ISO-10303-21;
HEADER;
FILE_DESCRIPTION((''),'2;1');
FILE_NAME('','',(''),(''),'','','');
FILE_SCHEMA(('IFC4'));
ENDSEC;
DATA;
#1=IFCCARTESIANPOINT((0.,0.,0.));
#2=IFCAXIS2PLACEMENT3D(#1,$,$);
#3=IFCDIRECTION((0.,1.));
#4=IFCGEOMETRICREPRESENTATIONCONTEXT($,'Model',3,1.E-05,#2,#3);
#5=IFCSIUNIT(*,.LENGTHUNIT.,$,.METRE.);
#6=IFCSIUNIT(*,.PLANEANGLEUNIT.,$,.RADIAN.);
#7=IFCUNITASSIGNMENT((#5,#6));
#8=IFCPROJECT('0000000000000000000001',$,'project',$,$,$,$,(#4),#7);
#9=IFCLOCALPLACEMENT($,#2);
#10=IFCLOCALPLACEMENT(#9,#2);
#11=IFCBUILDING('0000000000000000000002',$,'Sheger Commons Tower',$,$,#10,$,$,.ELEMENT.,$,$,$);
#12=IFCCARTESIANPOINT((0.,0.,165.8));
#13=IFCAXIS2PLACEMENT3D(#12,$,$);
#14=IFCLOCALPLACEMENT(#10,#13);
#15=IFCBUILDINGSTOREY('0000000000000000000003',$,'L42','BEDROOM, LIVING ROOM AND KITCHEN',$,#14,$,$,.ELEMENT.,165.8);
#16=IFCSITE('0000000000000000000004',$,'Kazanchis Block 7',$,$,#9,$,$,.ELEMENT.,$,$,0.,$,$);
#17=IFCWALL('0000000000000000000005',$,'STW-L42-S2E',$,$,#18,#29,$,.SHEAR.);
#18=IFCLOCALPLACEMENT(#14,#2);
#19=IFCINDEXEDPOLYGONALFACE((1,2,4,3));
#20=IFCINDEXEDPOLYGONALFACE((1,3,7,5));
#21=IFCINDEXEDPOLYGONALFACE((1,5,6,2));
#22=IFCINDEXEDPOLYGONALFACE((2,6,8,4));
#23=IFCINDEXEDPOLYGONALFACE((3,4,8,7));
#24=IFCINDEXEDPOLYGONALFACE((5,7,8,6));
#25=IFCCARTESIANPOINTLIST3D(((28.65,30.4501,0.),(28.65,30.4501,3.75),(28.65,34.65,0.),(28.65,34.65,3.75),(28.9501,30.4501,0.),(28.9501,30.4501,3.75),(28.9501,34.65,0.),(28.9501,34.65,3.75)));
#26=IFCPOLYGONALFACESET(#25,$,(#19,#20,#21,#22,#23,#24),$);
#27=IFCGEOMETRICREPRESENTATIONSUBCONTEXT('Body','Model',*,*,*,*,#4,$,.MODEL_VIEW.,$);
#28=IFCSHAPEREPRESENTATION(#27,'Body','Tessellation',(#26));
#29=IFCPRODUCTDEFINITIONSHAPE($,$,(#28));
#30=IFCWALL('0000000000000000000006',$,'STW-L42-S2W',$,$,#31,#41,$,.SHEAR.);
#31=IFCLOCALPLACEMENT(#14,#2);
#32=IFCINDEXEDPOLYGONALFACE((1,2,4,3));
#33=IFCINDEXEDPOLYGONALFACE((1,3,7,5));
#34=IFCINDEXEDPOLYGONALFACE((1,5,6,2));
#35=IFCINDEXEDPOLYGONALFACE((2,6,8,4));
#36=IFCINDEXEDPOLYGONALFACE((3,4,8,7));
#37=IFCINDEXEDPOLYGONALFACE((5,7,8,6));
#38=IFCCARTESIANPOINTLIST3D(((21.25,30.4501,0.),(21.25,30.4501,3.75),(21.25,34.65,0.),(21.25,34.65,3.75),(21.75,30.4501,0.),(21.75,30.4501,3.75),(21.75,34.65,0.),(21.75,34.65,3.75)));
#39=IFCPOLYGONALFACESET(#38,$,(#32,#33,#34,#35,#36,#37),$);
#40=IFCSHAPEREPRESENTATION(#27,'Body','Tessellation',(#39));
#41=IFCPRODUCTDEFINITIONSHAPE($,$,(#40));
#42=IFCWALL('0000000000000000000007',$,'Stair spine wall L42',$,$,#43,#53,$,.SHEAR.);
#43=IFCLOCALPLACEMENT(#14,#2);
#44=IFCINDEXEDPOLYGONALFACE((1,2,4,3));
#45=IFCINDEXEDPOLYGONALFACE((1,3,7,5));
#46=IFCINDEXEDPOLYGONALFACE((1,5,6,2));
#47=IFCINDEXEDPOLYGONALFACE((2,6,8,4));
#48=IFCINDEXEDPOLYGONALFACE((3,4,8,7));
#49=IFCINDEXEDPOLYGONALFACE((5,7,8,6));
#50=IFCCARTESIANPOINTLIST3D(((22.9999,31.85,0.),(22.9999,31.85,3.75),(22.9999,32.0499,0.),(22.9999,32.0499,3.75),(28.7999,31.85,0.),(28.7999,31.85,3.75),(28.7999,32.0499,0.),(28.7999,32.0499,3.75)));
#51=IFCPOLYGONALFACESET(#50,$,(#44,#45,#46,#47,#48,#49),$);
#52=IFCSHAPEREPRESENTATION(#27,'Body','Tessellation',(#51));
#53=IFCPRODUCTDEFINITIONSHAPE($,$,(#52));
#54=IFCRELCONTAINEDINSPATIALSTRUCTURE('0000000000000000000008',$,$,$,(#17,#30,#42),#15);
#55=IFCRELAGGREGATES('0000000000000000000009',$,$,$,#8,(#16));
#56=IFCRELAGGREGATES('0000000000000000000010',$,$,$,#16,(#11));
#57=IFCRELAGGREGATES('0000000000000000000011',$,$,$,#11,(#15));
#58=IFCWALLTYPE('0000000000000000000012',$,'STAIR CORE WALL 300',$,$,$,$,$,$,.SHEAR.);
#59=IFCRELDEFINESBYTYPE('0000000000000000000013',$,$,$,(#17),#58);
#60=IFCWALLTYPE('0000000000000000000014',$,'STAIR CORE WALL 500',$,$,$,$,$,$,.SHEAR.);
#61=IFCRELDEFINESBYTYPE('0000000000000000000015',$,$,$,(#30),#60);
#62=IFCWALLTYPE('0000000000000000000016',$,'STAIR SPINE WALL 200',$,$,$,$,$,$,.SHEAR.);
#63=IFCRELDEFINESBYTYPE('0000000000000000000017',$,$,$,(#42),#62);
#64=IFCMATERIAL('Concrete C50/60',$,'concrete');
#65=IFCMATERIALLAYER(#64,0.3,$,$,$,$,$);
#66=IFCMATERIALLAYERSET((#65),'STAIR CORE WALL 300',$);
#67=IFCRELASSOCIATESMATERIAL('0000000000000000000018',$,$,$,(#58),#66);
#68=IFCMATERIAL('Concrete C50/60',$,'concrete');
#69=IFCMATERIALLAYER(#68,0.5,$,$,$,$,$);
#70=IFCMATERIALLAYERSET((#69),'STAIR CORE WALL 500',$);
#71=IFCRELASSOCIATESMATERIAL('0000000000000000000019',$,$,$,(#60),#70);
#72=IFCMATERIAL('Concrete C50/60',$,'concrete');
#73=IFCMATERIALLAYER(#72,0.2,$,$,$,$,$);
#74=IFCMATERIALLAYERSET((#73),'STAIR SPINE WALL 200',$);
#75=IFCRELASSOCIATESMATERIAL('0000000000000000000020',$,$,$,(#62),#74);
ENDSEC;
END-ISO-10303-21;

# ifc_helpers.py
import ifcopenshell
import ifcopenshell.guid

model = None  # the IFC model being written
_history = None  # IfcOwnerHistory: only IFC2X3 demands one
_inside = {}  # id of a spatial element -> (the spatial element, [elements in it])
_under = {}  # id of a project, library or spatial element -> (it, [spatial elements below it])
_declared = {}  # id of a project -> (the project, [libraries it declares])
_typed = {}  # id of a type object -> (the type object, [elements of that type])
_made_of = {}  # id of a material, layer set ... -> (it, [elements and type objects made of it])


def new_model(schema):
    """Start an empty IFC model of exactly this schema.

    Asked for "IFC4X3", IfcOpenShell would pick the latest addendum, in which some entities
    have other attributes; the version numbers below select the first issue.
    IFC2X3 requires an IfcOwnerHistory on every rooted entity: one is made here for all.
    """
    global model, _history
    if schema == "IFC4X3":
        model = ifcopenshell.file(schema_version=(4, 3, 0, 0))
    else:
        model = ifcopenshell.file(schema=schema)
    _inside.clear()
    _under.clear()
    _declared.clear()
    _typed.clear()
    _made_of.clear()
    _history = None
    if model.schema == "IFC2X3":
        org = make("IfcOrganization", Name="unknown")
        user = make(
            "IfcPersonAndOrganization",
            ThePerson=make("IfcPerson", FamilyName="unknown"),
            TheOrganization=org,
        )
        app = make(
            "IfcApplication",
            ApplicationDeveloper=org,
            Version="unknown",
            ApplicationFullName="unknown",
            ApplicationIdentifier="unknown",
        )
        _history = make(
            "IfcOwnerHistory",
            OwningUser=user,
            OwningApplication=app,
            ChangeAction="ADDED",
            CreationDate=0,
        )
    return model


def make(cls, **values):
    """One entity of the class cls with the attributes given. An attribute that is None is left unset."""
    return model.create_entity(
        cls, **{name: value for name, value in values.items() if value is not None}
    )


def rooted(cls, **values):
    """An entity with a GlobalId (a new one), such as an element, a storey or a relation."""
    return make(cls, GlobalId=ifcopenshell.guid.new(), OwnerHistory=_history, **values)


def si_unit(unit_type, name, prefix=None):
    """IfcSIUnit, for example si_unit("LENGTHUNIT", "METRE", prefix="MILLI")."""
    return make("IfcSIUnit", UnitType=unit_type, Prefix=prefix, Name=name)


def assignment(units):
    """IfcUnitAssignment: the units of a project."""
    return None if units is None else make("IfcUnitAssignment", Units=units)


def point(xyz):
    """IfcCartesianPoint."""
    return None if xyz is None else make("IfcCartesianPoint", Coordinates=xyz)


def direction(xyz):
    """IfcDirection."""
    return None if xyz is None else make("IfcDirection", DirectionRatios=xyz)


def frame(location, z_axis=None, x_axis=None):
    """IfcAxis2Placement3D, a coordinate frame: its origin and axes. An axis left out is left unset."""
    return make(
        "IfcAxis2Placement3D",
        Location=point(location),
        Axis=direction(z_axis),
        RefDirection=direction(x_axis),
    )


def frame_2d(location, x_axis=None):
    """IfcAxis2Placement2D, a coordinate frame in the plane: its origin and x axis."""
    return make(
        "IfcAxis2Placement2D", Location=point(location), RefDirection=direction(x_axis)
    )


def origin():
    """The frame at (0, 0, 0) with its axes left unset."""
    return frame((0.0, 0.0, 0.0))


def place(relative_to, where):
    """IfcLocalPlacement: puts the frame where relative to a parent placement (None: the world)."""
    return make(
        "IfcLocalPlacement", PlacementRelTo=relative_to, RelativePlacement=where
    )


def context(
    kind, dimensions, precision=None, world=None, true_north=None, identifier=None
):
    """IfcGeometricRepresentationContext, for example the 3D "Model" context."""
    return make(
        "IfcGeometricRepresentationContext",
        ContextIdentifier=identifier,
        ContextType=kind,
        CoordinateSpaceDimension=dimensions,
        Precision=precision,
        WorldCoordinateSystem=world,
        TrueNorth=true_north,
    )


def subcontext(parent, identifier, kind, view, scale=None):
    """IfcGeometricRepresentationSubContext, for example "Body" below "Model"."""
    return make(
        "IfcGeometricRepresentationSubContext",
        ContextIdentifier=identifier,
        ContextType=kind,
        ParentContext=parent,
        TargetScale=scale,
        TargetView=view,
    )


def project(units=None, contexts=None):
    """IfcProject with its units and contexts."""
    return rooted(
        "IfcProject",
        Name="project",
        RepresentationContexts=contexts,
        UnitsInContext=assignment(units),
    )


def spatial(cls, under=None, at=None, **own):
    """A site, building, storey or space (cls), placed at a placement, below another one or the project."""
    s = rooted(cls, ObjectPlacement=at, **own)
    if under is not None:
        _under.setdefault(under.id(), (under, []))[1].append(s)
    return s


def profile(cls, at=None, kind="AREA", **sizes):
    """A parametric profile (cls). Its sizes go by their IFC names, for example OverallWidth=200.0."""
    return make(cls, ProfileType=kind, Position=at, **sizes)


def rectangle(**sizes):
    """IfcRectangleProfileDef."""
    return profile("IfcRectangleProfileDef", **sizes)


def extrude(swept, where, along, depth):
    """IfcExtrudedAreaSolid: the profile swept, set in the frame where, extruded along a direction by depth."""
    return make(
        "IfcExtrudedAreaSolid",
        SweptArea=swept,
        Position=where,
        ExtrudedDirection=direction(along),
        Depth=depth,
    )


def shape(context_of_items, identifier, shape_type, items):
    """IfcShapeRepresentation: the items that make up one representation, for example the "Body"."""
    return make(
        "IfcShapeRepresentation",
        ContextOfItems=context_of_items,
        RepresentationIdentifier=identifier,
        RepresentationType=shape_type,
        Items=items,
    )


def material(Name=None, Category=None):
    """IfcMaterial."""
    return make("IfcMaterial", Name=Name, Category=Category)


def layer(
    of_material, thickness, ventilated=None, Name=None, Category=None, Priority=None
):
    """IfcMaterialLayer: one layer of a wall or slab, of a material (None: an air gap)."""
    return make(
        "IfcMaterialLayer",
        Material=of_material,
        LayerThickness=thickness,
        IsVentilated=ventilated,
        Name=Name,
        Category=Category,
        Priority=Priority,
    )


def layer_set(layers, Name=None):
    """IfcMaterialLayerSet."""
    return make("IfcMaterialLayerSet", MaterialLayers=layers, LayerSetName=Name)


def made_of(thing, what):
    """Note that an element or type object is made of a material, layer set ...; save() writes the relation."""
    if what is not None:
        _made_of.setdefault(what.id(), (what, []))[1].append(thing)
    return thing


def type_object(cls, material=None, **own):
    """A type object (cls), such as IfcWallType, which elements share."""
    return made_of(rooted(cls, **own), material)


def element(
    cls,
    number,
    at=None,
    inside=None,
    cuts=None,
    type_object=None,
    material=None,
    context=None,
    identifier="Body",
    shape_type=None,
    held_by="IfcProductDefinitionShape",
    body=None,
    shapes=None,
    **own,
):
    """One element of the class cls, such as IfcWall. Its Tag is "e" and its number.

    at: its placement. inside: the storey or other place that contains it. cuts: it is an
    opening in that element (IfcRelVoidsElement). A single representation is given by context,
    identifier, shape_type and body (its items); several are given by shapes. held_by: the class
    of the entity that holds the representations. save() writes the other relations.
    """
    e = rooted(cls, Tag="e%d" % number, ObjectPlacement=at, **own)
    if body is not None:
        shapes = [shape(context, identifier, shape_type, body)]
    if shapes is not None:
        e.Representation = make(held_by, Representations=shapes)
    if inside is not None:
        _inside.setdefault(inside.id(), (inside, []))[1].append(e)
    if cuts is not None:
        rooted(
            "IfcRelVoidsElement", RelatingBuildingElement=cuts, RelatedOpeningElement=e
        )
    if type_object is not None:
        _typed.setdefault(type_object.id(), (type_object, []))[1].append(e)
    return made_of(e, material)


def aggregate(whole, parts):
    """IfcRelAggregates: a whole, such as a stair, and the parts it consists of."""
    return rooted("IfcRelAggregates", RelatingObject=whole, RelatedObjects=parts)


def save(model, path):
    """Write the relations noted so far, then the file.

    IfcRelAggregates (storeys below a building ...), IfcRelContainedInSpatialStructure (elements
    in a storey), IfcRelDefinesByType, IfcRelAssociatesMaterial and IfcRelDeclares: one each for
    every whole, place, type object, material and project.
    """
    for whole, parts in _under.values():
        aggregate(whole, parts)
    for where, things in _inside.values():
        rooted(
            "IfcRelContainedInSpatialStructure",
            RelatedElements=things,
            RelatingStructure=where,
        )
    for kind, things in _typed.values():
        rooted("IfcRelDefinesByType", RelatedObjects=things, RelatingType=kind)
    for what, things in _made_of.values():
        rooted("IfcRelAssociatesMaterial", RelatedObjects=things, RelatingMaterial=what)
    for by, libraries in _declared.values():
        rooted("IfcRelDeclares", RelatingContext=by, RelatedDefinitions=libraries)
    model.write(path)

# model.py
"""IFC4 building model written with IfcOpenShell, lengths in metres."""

from ifc_helpers import new_model, si_unit, direction, frame, frame_2d, origin, place, context, subcontext, project, spatial, rectangle, extrude, material, layer, layer_set, type_object, element, save


model = new_model("IFC4")

# Units and contexts
model_context = context("Model", 3, precision=1e-05, world=origin(), true_north=direction((0.0, 1.0)))
body_context = subcontext(model_context, "Body", "Model", "MODEL_VIEW")
ifc_project = project(units=[si_unit("LENGTHUNIT", "METRE"), si_unit("PLANEANGLEUNIT", "RADIAN")], contexts=[model_context])

# Site, building, storey
site_placement = place(None, origin())
site = spatial("IfcSite", under=ifc_project, at=site_placement, Name="Kazanchis Block 7", CompositionType="ELEMENT", RefElevation=0.0)
building_placement = place(site_placement, origin())
building = spatial("IfcBuilding", under=site, at=building_placement, Name="Sheger Commons Tower", CompositionType="ELEMENT")
storey_placement = place(building_placement, frame((0.0, 0.0, 165.8)))
storey = spatial("IfcBuildingStorey", under=building, at=storey_placement, Name="L42", Description="BEDROOM, LIVING ROOM AND KITCHEN", CompositionType="ELEMENT", Elevation=165.8)

# Shared definitions
ifc_material_1 = material(Name="Concrete C50/60", Category="concrete")
ifc_layer_1 = layer(ifc_material_1, 0.3)
ifc_layer_set_1 = layer_set([ifc_layer_1], Name="STAIR CORE WALL 300")
wall_type_1 = type_object("IfcWallType", Name="STAIR CORE WALL 300", PredefinedType="SHEAR", material=ifc_layer_set_1)

# Walls
wall_1_placement = place(storey_placement, frame((28.8, 30.45, 0.0), z_axis=(0.0, 0.0, 1.0), x_axis=(0.0, 1.0, 0.0)))
element("IfcWall", 1, at=wall_1_placement, inside=storey, type_object=wall_type_1, Name="STW-L42-S2E", PredefinedType="SHEAR", context=body_context, shape_type="SweptSolid", body=[
    extrude(rectangle(XDim=4.2, YDim=0.3, at=frame_2d((2.1001, 0.0))), origin(), (0.0, 0.0, 1.0), 3.75),
])
ifc_material_2 = material(Name="Concrete C50/60", Category="concrete")
ifc_layer_2 = layer(ifc_material_2, 0.5)
ifc_layer_set_2 = layer_set([ifc_layer_2], Name="STAIR CORE WALL 500")
wall_type_2 = type_object("IfcWallType", Name="STAIR CORE WALL 500", PredefinedType="SHEAR", material=ifc_layer_set_2)
wall_2_placement = place(storey_placement, frame((21.5, 30.45, 0.0), z_axis=(0.0, 0.0, 1.0), x_axis=(0.0, 1.0, 0.0)))
element("IfcWall", 2, at=wall_2_placement, inside=storey, type_object=wall_type_2, Name="STW-L42-S2W", PredefinedType="SHEAR", context=body_context, shape_type="SweptSolid", body=[
    extrude(rectangle(XDim=4.2, YDim=0.5, at=frame_2d((2.1001, 0.0))), origin(), (0.0, 0.0, 1.0), 3.75),
])
ifc_material_3 = material(Name="Concrete C50/60", Category="concrete")
ifc_layer_3 = layer(ifc_material_3, 0.2)
ifc_layer_set_3 = layer_set([ifc_layer_3], Name="STAIR SPINE WALL 200")
wall_type_3 = type_object("IfcWallType", Name="STAIR SPINE WALL 200", PredefinedType="SHEAR", material=ifc_layer_set_3)
wall_3_placement = place(storey_placement, frame((23.0, 31.95, 0.0), z_axis=(0.0, 0.0, 1.0), x_axis=(1.0, 0.0, 0.0)))
element("IfcWall", 3, at=wall_3_placement, inside=storey, type_object=wall_type_3, Name="Stair spine wall L42", PredefinedType="SHEAR", context=body_context, shape_type="SweptSolid", body=[
    extrude(rectangle(XDim=5.8, YDim=0.2, at=frame_2d((2.8999, 0.0))), origin(), (0.0, 0.0, 1.0), 3.75),
])

save(model, "model.ifc")
